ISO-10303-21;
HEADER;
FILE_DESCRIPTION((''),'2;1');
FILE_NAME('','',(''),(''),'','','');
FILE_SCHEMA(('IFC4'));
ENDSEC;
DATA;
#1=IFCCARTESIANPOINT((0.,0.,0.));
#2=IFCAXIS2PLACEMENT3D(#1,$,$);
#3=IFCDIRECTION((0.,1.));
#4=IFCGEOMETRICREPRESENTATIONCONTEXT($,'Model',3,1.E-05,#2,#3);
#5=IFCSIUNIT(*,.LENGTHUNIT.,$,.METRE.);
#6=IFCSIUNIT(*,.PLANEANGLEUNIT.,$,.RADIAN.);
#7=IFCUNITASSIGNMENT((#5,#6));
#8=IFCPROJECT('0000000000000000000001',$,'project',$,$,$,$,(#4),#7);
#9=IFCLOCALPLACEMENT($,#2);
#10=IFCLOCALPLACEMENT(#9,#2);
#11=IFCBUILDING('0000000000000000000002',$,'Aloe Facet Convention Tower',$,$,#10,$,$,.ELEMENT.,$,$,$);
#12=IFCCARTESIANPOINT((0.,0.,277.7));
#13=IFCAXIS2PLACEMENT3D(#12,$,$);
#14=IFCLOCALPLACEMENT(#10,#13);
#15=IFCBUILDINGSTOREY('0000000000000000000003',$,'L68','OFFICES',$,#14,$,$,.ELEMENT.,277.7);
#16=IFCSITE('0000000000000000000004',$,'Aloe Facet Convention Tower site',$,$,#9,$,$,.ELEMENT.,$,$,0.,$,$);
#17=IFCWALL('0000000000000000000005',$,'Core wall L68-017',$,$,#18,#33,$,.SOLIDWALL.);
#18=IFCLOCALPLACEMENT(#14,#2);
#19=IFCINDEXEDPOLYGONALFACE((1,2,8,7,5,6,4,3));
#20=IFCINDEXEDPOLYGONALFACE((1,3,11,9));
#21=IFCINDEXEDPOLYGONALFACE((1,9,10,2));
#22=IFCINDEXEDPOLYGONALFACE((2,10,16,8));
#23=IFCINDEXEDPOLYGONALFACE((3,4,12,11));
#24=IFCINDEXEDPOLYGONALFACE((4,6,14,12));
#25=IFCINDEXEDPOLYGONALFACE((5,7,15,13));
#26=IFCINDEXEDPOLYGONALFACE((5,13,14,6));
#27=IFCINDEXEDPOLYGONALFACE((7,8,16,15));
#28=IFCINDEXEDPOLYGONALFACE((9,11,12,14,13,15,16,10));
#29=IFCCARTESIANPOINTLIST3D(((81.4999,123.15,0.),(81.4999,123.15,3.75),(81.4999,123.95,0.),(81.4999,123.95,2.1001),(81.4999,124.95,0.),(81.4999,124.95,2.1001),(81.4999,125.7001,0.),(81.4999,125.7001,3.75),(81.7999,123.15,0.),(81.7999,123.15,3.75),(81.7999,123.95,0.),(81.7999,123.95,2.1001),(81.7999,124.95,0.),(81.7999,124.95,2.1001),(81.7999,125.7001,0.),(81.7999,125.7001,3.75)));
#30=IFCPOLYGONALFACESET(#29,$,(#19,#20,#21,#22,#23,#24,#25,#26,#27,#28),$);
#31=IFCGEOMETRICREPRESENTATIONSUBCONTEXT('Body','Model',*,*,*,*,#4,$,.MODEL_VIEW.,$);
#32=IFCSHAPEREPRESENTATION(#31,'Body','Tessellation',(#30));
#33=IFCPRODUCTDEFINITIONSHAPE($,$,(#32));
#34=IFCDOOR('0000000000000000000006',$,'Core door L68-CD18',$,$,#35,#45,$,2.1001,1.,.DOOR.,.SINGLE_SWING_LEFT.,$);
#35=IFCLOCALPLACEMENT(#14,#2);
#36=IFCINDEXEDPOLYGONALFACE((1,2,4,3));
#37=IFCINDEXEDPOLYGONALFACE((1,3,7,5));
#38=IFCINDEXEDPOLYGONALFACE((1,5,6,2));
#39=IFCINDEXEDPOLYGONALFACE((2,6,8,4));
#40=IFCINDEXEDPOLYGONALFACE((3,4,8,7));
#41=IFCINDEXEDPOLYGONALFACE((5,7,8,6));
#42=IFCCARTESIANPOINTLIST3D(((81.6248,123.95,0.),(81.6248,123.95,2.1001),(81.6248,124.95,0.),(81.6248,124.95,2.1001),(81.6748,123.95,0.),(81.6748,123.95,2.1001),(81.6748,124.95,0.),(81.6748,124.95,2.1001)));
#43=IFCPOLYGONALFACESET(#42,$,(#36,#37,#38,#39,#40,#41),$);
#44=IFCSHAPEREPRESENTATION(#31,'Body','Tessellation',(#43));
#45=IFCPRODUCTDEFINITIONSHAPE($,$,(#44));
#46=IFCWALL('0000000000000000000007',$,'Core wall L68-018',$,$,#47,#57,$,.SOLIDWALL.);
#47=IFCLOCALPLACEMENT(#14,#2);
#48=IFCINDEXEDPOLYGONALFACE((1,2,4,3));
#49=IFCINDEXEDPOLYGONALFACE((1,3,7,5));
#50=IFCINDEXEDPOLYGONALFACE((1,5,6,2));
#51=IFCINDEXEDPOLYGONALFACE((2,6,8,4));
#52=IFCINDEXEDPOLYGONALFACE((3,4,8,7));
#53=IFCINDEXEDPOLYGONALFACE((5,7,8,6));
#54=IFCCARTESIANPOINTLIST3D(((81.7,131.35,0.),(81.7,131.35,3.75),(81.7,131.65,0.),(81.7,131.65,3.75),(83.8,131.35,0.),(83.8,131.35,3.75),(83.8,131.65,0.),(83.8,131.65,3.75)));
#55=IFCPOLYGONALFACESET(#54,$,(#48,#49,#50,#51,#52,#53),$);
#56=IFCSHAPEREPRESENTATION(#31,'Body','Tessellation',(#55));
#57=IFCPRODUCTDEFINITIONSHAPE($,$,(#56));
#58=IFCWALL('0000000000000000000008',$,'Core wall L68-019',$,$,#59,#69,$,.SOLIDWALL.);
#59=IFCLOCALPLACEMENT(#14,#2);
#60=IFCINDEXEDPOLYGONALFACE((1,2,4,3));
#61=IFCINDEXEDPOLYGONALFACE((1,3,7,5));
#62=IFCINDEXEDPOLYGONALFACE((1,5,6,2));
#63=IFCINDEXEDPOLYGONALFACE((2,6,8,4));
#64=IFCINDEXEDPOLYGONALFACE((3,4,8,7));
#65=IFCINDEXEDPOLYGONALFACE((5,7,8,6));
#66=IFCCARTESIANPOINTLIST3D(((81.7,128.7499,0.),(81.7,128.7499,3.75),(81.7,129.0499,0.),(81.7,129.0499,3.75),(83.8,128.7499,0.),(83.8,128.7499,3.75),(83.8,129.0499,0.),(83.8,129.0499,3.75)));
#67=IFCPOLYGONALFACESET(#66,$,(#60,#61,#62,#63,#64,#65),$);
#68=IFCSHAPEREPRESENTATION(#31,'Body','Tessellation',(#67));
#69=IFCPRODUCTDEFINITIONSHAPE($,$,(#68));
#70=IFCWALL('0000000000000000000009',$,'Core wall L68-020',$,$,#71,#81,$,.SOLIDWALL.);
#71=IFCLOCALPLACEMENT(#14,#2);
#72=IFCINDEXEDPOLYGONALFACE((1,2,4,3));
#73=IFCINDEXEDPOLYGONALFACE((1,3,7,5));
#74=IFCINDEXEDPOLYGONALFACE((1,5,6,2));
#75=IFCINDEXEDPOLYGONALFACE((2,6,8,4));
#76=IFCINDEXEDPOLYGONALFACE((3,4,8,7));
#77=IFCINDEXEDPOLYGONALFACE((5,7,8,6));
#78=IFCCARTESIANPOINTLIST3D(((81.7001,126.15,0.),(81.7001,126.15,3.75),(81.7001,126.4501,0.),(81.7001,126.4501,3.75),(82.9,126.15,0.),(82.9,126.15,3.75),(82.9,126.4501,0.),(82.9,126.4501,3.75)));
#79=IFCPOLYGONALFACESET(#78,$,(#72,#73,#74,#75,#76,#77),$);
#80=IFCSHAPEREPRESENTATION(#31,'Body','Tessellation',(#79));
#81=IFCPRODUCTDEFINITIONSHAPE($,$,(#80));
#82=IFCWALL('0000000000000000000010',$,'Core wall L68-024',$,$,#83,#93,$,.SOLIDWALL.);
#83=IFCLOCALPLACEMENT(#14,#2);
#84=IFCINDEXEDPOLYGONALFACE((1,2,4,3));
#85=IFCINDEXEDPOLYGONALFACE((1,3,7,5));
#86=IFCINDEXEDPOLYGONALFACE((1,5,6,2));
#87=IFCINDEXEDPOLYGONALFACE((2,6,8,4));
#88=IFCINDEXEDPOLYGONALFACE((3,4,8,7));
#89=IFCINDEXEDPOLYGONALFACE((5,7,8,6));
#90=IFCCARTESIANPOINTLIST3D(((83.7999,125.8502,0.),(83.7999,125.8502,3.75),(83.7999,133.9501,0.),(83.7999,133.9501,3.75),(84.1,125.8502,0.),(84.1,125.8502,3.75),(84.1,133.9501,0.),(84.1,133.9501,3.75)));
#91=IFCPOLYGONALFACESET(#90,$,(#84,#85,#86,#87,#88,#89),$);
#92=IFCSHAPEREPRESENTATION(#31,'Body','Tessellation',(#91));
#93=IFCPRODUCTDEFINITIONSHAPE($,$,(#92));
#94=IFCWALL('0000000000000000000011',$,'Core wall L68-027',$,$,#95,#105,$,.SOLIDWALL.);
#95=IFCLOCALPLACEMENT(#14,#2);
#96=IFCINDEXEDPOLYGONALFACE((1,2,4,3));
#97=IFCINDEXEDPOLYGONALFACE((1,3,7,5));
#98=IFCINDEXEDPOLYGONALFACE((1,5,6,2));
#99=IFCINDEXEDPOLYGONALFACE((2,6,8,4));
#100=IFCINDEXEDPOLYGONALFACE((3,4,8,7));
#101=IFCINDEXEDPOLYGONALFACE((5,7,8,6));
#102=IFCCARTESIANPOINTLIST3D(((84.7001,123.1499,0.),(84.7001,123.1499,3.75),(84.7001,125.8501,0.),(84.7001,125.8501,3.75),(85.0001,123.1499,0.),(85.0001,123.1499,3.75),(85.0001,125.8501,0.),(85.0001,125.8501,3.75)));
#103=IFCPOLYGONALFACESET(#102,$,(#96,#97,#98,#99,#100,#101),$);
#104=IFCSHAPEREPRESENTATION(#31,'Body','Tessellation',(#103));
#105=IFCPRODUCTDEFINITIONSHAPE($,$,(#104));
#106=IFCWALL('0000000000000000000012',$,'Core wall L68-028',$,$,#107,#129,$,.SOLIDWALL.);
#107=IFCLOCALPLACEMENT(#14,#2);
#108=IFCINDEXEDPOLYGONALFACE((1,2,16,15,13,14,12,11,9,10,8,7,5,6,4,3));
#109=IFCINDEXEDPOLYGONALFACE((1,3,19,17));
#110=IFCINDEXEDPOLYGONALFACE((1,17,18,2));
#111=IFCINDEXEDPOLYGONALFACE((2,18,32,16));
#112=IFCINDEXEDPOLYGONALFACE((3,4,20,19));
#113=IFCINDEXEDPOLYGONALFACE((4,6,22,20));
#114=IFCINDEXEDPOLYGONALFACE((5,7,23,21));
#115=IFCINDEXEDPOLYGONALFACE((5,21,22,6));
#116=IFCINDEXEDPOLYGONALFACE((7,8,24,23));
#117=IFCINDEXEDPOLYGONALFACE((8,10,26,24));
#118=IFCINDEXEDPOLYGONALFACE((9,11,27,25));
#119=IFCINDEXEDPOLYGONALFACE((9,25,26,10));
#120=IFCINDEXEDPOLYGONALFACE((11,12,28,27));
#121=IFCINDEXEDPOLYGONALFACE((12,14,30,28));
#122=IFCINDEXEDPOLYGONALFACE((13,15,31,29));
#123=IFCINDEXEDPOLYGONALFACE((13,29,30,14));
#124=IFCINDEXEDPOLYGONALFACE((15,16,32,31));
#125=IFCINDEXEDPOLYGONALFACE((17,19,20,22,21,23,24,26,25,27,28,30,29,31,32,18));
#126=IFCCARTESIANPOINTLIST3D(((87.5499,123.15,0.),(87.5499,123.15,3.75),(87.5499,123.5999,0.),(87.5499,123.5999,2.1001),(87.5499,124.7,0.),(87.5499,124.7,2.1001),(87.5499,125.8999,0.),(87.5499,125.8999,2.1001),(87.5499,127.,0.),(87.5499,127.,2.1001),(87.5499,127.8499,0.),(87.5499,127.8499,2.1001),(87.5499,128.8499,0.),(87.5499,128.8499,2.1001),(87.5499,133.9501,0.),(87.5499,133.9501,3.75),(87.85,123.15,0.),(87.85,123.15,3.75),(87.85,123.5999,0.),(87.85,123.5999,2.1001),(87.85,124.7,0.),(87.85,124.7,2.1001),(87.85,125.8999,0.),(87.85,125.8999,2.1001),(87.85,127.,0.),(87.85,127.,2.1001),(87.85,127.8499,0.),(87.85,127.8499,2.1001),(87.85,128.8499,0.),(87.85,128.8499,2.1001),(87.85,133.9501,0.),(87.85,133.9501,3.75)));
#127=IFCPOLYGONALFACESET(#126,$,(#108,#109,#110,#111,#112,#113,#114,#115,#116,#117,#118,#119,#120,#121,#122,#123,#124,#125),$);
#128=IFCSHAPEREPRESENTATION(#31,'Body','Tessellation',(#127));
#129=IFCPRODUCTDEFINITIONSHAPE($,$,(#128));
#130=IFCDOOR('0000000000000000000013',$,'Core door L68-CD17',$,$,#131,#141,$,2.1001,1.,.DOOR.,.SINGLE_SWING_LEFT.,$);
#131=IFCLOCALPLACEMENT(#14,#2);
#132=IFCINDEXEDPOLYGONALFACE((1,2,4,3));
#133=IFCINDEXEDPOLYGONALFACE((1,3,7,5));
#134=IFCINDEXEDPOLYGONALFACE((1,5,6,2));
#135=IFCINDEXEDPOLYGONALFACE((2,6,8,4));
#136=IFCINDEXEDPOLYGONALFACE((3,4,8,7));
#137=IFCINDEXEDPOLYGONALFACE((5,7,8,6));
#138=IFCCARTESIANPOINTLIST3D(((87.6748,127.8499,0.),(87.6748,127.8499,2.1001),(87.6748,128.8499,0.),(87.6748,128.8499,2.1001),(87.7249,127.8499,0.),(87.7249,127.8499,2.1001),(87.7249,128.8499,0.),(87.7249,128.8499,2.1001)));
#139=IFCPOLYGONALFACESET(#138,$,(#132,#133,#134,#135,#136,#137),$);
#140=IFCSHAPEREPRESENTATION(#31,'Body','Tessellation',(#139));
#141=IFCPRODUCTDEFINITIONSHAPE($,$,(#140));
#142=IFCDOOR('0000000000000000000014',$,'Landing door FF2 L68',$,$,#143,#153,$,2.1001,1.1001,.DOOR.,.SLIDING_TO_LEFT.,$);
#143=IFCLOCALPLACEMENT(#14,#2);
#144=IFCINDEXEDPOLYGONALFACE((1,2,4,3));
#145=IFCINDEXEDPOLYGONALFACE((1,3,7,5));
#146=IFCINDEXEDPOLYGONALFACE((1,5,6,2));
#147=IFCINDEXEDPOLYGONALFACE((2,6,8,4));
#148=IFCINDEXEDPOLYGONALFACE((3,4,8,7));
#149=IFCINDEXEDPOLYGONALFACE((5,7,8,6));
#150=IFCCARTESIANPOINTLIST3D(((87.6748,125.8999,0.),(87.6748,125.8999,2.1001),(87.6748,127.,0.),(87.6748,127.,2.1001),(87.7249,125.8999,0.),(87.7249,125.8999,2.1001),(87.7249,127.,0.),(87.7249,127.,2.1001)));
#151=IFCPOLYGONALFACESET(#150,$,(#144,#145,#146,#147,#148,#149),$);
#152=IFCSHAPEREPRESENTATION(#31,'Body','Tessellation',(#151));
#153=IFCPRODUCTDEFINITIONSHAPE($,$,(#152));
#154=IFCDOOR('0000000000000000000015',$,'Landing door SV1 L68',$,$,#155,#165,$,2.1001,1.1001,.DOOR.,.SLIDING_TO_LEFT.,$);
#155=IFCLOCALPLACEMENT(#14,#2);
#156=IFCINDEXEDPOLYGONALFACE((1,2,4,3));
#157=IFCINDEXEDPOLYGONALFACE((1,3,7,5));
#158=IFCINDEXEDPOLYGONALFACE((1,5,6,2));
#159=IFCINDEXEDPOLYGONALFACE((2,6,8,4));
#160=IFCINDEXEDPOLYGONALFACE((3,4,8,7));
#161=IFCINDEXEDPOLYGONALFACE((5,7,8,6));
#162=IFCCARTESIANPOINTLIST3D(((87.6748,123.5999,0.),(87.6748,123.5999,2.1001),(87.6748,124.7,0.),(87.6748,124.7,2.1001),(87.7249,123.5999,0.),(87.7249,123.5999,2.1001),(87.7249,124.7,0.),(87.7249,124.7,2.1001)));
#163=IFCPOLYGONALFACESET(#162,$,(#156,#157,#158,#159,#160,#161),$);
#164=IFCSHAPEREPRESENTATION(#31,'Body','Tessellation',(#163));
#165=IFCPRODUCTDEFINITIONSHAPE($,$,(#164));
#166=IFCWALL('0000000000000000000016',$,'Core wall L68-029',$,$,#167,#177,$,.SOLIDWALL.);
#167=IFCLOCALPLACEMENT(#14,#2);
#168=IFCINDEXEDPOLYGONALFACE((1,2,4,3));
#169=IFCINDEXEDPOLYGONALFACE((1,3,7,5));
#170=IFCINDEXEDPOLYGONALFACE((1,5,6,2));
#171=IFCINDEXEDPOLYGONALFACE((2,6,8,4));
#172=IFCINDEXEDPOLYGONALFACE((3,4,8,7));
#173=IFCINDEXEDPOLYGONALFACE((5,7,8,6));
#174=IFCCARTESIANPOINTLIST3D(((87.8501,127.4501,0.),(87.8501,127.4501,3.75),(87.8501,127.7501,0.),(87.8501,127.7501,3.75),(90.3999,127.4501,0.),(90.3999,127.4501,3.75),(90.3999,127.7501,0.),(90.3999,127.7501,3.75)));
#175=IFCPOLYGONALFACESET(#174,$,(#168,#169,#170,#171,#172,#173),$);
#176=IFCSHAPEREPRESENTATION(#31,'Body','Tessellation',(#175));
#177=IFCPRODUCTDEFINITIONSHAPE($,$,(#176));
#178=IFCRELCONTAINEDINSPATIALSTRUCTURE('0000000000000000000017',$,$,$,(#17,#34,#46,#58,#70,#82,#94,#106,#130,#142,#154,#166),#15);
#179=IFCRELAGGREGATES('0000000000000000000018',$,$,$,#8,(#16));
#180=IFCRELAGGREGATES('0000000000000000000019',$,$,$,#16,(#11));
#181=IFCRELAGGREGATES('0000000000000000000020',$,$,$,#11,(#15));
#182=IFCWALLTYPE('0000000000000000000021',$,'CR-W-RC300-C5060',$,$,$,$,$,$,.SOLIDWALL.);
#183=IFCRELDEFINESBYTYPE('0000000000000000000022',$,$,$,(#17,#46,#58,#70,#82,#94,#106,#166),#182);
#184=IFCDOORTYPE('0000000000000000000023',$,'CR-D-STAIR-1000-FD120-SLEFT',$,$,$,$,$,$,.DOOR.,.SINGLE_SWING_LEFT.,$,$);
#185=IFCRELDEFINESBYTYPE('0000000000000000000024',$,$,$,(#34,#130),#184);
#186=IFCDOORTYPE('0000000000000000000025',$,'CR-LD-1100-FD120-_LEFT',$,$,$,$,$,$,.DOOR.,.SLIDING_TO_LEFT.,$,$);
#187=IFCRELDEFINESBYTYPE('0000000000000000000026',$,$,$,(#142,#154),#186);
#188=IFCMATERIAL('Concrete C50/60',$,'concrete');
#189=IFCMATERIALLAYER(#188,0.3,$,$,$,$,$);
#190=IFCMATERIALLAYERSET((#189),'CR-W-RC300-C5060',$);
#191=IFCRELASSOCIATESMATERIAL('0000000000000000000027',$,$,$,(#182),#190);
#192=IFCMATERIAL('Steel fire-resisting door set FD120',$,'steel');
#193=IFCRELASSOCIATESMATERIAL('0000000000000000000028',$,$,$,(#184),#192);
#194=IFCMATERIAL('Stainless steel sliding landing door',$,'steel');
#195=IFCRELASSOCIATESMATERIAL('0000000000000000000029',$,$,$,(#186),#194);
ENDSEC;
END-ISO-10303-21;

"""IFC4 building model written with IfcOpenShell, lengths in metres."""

from ifc_helpers import new_model, si_unit, direction, frame, frame_2d, origin, place, context, subcontext, project, spatial, rectangle, extrude, material, layer, layer_set, type_object, element, fill, save


model = new_model("IFC4")

# Units and contexts
model_context = context("Model", 3, precision=1e-05, world=origin(), true_north=direction((0.0, 1.0)))
body_context = subcontext(model_context, "Body", "Model", "MODEL_VIEW")
ifc_project = project(units=[si_unit("LENGTHUNIT", "METRE"), si_unit("PLANEANGLEUNIT", "RADIAN")], contexts=[model_context])

# Site, building, storey
site_placement = place(None, origin())
site = spatial("IfcSite", under=ifc_project, at=site_placement, Name="Aloe Facet Convention Tower site", CompositionType="ELEMENT", RefElevation=0.0)
building_placement = place(site_placement, origin())
building = spatial("IfcBuilding", under=site, at=building_placement, Name="Aloe Facet Convention Tower", CompositionType="ELEMENT")
storey_placement = place(building_placement, frame((0.0, 0.0, 277.7)))
storey = spatial("IfcBuildingStorey", under=building, at=storey_placement, Name="L68", Description="OFFICES", CompositionType="ELEMENT", Elevation=277.7)

# Shared definitions
ifc_material_1 = material(Name="Concrete C50/60", Category="concrete")
ifc_layer_1 = layer(ifc_material_1, 0.3)
ifc_layer_set_1 = layer_set([ifc_layer_1], Name="CR-W-RC300-C5060")
wall_type_1 = type_object("IfcWallType", Name="CR-W-RC300-C5060", PredefinedType="SOLIDWALL", material=ifc_layer_set_1)

# Wall, opening, door
wall_1_placement = place(storey_placement, frame((81.6499, 125.7, 0.0), z_axis=(0.0, 0.0, 1.0), x_axis=(0.0, -1.0, 0.0)))
wall_1 = element("IfcWall", 1, at=wall_1_placement, inside=storey, type_object=wall_type_1, Name="Core wall L68-017", PredefinedType="SOLIDWALL", context=body_context, shape_type="SweptSolid", body=[
    extrude(rectangle(XDim=2.55, YDim=0.3, at=frame_2d((1.2749, 0.0))), origin(), (0.0, 0.0, 1.0), 3.75),
])
opening_1_placement = place(wall_1_placement, frame((0.75, 0.0, 0.0)))
opening_1 = element("IfcOpeningElement", 2, at=opening_1_placement, cuts=wall_1, PredefinedType="OPENING", context=body_context, shape_type="SweptSolid", body=[
    extrude(rectangle(XDim=1.0, YDim=2.1001, at=frame_2d((0.5, 1.05))), frame((0.0, 0.1602, 0.0), z_axis=(0.0, -1.0, 0.0), x_axis=(1.0, 0.0, 0.0)), (0.0, 0.0, 1.0), 0.3201),
])
ifc_material_2 = material(Name="Steel fire-resisting door set FD120", Category="steel")
door_type_1 = type_object("IfcDoorType", Name="CR-D-STAIR-1000-FD120-SLEFT", OperationType="SINGLE_SWING_LEFT", PredefinedType="DOOR", material=ifc_material_2)
door_1_placement = place(opening_1_placement, origin())
door_1 = element("IfcDoor", 3, at=door_1_placement, inside=storey, type_object=door_type_1, Name="Core door L68-CD18", OperationType="SINGLE_SWING_LEFT", OverallHeight=2.1001, OverallWidth=1.0, PredefinedType="DOOR", context=body_context, shape_type="SweptSolid", body=[
    extrude(rectangle(XDim=1.0, YDim=2.1001, at=frame_2d((0.5, 1.05))), frame((0.0, 0.0249, 0.0), z_axis=(0.0, -1.0, 0.0), x_axis=(1.0, 0.0, 0.0)), (0.0, 0.0, 1.0), 0.05),
])
fill(opening_1, door_1)

# Walls
for number, where, z_axis, x_axis, name in (
    (4, (81.7, 131.5, 0.0), (0.0, 0.0, 1.0), (1.0, 0.0, 0.0), "Core wall L68-018"),
    (5, (81.7, 128.8999, 0.0), (0.0, 0.0, 1.0), (1.0, 0.0, 0.0), "Core wall L68-019"),
):
    element("IfcWall", number, at=place(storey_placement, frame(where, z_axis=z_axis, x_axis=x_axis)), inside=storey, type_object=wall_type_1, Name=name, PredefinedType="SOLIDWALL", context=body_context, shape_type="SweptSolid", body=[
        extrude(rectangle(XDim=2.1001, YDim=0.3, at=frame_2d((1.05, 0.0))), origin(), (0.0, 0.0, 1.0), 3.75),
    ])
wall_2_placement = place(storey_placement, frame((81.7, 126.3, 0.0), z_axis=(0.0, 0.0, 1.0), x_axis=(1.0, 0.0, 0.0)))
element("IfcWall", 6, at=wall_2_placement, inside=storey, type_object=wall_type_1, Name="Core wall L68-020", PredefinedType="SOLIDWALL", context=body_context, shape_type="SweptSolid", body=[
    extrude(rectangle(XDim=1.2, YDim=0.3, at=frame_2d((0.6001, 0.0))), origin(), (0.0, 0.0, 1.0), 3.75),
])
wall_3_placement = place(storey_placement, frame((83.95, 133.95, 0.0), z_axis=(0.0, 0.0, 1.0), x_axis=(0.0, -1.0, 0.0)))
element("IfcWall", 7, at=wall_3_placement, inside=storey, type_object=wall_type_1, Name="Core wall L68-024", PredefinedType="SOLIDWALL", context=body_context, shape_type="SweptSolid", body=[
    extrude(rectangle(XDim=8.0999, YDim=0.3, at=frame_2d((4.0498, 0.0))), origin(), (0.0, 0.0, 1.0), 3.75),
])
wall_4_placement = place(storey_placement, frame((84.8501, 125.8501, 0.0), z_axis=(0.0, 0.0, 1.0), x_axis=(0.0, -1.0, 0.0)))
element("IfcWall", 8, at=wall_4_placement, inside=storey, type_object=wall_type_1, Name="Core wall L68-027", PredefinedType="SOLIDWALL", context=body_context, shape_type="SweptSolid", body=[
    extrude(rectangle(XDim=2.7002, YDim=0.3, at=frame_2d((1.3501, 0.0))), origin(), (0.0, 0.0, 1.0), 3.75),
])

# Wall, openings, doors
wall_5_placement = place(storey_placement, frame((87.7, 133.95, 0.0), z_axis=(0.0, 0.0, 1.0), x_axis=(0.0, -1.0, 0.0)))
wall_5 = element("IfcWall", 9, at=wall_5_placement, inside=storey, type_object=wall_type_1, Name="Core wall L68-028", PredefinedType="SOLIDWALL", context=body_context, shape_type="SweptSolid", body=[
    extrude(rectangle(XDim=10.8, YDim=0.3, at=frame_2d((5.3999, 0.0))), origin(), (0.0, 0.0, 1.0), 3.75),
])
opening_2_placement = place(wall_5_placement, frame((6.95, 0.0, 0.0)))
opening_2 = element("IfcOpeningElement", 10, at=opening_2_placement, cuts=wall_5, PredefinedType="OPENING", context=body_context, shape_type="SweptSolid", body=[
    extrude(rectangle(XDim=1.1001, YDim=2.1001, at=frame_2d((0.55, 1.05))), frame((0.0, 0.1602, 0.0), z_axis=(0.0, -1.0, 0.0), x_axis=(1.0, 0.0, 0.0)), (0.0, 0.0, 1.0), 0.3201),
])
opening_3_placement = place(wall_5_placement, frame((5.1001, 0.0, 0.0)))
opening_3 = element("IfcOpeningElement", 11, at=opening_3_placement, cuts=wall_5, PredefinedType="OPENING", context=body_context, shape_type="SweptSolid", body=[
    extrude(rectangle(XDim=1.0, YDim=2.1001, at=frame_2d((0.5, 1.05))), frame((0.0, 0.1602, 0.0), z_axis=(0.0, -1.0, 0.0), x_axis=(1.0, 0.0, 0.0)), (0.0, 0.0, 1.0), 0.3201),
])
opening_4_placement = place(wall_5_placement, frame((9.25, 0.0, 0.0)))
opening_4 = element("IfcOpeningElement", 12, at=opening_4_placement, cuts=wall_5, PredefinedType="OPENING", context=body_context, shape_type="SweptSolid", body=[
    extrude(rectangle(XDim=1.1001, YDim=2.1001, at=frame_2d((0.55, 1.05))), frame((0.0, 0.1602, 0.0), z_axis=(0.0, -1.0, 0.0), x_axis=(1.0, 0.0, 0.0)), (0.0, 0.0, 1.0), 0.3201),
])
door_2_placement = place(opening_3_placement, origin())
door_2 = element("IfcDoor", 13, at=door_2_placement, inside=storey, type_object=door_type_1, Name="Core door L68-CD17", OperationType="SINGLE_SWING_LEFT", OverallHeight=2.1001, OverallWidth=1.0, PredefinedType="DOOR", context=body_context, shape_type="SweptSolid", body=[
    extrude(rectangle(XDim=1.0, YDim=2.1001, at=frame_2d((0.5, 1.05))), frame((0.0, 0.0249, 0.0), z_axis=(0.0, -1.0, 0.0), x_axis=(1.0, 0.0, 0.0)), (0.0, 0.0, 1.0), 0.05),
])
fill(opening_3, door_2)
ifc_material_3 = material(Name="Stainless steel sliding landing door", Category="steel")
door_type_2 = type_object("IfcDoorType", Name="CR-LD-1100-FD120-_LEFT", OperationType="SLIDING_TO_LEFT", PredefinedType="DOOR", material=ifc_material_3)
door_3_placement = place(opening_2_placement, origin())
door_3 = element("IfcDoor", 14, at=door_3_placement, inside=storey, type_object=door_type_2, Name="Landing door FF2 L68", OperationType="SLIDING_TO_LEFT", OverallHeight=2.1001, OverallWidth=1.1001, PredefinedType="DOOR", context=body_context, shape_type="SweptSolid", body=[
    extrude(rectangle(XDim=1.1001, YDim=2.1001, at=frame_2d((0.55, 1.05))), frame((0.0, 0.0249, 0.0), z_axis=(0.0, -1.0, 0.0), x_axis=(1.0, 0.0, 0.0)), (0.0, 0.0, 1.0), 0.05),
])
fill(opening_2, door_3)
door_4_placement = place(opening_4_placement, origin())
door_4 = element("IfcDoor", 15, at=door_4_placement, inside=storey, type_object=door_type_2, Name="Landing door SV1 L68", OperationType="SLIDING_TO_LEFT", OverallHeight=2.1001, OverallWidth=1.1001, PredefinedType="DOOR", context=body_context, shape_type="SweptSolid", body=[
    extrude(rectangle(XDim=1.1001, YDim=2.1001, at=frame_2d((0.55, 1.05))), frame((0.0, 0.0249, 0.0), z_axis=(0.0, -1.0, 0.0), x_axis=(1.0, 0.0, 0.0)), (0.0, 0.0, 1.0), 0.05),
])
fill(opening_4, door_4)

# Wall
for number, where, z_axis, x_axis, name in (
    (16, (87.8501, 127.6001, 0.0), (0.0, 0.0, 1.0), (1.0, 0.0, 0.0), "Core wall L68-029"),
):
    element("IfcWall", number, at=place(storey_placement, frame(where, z_axis=z_axis, x_axis=x_axis)), inside=storey, type_object=wall_type_1, Name=name, PredefinedType="SOLIDWALL", context=body_context, shape_type="SweptSolid", body=[
        extrude(rectangle(XDim=2.5498, YDim=0.3, at=frame_2d((1.2749, 0.0))), origin(), (0.0, 0.0, 1.0), 3.75),
    ])

save(model, "model.ifc")
